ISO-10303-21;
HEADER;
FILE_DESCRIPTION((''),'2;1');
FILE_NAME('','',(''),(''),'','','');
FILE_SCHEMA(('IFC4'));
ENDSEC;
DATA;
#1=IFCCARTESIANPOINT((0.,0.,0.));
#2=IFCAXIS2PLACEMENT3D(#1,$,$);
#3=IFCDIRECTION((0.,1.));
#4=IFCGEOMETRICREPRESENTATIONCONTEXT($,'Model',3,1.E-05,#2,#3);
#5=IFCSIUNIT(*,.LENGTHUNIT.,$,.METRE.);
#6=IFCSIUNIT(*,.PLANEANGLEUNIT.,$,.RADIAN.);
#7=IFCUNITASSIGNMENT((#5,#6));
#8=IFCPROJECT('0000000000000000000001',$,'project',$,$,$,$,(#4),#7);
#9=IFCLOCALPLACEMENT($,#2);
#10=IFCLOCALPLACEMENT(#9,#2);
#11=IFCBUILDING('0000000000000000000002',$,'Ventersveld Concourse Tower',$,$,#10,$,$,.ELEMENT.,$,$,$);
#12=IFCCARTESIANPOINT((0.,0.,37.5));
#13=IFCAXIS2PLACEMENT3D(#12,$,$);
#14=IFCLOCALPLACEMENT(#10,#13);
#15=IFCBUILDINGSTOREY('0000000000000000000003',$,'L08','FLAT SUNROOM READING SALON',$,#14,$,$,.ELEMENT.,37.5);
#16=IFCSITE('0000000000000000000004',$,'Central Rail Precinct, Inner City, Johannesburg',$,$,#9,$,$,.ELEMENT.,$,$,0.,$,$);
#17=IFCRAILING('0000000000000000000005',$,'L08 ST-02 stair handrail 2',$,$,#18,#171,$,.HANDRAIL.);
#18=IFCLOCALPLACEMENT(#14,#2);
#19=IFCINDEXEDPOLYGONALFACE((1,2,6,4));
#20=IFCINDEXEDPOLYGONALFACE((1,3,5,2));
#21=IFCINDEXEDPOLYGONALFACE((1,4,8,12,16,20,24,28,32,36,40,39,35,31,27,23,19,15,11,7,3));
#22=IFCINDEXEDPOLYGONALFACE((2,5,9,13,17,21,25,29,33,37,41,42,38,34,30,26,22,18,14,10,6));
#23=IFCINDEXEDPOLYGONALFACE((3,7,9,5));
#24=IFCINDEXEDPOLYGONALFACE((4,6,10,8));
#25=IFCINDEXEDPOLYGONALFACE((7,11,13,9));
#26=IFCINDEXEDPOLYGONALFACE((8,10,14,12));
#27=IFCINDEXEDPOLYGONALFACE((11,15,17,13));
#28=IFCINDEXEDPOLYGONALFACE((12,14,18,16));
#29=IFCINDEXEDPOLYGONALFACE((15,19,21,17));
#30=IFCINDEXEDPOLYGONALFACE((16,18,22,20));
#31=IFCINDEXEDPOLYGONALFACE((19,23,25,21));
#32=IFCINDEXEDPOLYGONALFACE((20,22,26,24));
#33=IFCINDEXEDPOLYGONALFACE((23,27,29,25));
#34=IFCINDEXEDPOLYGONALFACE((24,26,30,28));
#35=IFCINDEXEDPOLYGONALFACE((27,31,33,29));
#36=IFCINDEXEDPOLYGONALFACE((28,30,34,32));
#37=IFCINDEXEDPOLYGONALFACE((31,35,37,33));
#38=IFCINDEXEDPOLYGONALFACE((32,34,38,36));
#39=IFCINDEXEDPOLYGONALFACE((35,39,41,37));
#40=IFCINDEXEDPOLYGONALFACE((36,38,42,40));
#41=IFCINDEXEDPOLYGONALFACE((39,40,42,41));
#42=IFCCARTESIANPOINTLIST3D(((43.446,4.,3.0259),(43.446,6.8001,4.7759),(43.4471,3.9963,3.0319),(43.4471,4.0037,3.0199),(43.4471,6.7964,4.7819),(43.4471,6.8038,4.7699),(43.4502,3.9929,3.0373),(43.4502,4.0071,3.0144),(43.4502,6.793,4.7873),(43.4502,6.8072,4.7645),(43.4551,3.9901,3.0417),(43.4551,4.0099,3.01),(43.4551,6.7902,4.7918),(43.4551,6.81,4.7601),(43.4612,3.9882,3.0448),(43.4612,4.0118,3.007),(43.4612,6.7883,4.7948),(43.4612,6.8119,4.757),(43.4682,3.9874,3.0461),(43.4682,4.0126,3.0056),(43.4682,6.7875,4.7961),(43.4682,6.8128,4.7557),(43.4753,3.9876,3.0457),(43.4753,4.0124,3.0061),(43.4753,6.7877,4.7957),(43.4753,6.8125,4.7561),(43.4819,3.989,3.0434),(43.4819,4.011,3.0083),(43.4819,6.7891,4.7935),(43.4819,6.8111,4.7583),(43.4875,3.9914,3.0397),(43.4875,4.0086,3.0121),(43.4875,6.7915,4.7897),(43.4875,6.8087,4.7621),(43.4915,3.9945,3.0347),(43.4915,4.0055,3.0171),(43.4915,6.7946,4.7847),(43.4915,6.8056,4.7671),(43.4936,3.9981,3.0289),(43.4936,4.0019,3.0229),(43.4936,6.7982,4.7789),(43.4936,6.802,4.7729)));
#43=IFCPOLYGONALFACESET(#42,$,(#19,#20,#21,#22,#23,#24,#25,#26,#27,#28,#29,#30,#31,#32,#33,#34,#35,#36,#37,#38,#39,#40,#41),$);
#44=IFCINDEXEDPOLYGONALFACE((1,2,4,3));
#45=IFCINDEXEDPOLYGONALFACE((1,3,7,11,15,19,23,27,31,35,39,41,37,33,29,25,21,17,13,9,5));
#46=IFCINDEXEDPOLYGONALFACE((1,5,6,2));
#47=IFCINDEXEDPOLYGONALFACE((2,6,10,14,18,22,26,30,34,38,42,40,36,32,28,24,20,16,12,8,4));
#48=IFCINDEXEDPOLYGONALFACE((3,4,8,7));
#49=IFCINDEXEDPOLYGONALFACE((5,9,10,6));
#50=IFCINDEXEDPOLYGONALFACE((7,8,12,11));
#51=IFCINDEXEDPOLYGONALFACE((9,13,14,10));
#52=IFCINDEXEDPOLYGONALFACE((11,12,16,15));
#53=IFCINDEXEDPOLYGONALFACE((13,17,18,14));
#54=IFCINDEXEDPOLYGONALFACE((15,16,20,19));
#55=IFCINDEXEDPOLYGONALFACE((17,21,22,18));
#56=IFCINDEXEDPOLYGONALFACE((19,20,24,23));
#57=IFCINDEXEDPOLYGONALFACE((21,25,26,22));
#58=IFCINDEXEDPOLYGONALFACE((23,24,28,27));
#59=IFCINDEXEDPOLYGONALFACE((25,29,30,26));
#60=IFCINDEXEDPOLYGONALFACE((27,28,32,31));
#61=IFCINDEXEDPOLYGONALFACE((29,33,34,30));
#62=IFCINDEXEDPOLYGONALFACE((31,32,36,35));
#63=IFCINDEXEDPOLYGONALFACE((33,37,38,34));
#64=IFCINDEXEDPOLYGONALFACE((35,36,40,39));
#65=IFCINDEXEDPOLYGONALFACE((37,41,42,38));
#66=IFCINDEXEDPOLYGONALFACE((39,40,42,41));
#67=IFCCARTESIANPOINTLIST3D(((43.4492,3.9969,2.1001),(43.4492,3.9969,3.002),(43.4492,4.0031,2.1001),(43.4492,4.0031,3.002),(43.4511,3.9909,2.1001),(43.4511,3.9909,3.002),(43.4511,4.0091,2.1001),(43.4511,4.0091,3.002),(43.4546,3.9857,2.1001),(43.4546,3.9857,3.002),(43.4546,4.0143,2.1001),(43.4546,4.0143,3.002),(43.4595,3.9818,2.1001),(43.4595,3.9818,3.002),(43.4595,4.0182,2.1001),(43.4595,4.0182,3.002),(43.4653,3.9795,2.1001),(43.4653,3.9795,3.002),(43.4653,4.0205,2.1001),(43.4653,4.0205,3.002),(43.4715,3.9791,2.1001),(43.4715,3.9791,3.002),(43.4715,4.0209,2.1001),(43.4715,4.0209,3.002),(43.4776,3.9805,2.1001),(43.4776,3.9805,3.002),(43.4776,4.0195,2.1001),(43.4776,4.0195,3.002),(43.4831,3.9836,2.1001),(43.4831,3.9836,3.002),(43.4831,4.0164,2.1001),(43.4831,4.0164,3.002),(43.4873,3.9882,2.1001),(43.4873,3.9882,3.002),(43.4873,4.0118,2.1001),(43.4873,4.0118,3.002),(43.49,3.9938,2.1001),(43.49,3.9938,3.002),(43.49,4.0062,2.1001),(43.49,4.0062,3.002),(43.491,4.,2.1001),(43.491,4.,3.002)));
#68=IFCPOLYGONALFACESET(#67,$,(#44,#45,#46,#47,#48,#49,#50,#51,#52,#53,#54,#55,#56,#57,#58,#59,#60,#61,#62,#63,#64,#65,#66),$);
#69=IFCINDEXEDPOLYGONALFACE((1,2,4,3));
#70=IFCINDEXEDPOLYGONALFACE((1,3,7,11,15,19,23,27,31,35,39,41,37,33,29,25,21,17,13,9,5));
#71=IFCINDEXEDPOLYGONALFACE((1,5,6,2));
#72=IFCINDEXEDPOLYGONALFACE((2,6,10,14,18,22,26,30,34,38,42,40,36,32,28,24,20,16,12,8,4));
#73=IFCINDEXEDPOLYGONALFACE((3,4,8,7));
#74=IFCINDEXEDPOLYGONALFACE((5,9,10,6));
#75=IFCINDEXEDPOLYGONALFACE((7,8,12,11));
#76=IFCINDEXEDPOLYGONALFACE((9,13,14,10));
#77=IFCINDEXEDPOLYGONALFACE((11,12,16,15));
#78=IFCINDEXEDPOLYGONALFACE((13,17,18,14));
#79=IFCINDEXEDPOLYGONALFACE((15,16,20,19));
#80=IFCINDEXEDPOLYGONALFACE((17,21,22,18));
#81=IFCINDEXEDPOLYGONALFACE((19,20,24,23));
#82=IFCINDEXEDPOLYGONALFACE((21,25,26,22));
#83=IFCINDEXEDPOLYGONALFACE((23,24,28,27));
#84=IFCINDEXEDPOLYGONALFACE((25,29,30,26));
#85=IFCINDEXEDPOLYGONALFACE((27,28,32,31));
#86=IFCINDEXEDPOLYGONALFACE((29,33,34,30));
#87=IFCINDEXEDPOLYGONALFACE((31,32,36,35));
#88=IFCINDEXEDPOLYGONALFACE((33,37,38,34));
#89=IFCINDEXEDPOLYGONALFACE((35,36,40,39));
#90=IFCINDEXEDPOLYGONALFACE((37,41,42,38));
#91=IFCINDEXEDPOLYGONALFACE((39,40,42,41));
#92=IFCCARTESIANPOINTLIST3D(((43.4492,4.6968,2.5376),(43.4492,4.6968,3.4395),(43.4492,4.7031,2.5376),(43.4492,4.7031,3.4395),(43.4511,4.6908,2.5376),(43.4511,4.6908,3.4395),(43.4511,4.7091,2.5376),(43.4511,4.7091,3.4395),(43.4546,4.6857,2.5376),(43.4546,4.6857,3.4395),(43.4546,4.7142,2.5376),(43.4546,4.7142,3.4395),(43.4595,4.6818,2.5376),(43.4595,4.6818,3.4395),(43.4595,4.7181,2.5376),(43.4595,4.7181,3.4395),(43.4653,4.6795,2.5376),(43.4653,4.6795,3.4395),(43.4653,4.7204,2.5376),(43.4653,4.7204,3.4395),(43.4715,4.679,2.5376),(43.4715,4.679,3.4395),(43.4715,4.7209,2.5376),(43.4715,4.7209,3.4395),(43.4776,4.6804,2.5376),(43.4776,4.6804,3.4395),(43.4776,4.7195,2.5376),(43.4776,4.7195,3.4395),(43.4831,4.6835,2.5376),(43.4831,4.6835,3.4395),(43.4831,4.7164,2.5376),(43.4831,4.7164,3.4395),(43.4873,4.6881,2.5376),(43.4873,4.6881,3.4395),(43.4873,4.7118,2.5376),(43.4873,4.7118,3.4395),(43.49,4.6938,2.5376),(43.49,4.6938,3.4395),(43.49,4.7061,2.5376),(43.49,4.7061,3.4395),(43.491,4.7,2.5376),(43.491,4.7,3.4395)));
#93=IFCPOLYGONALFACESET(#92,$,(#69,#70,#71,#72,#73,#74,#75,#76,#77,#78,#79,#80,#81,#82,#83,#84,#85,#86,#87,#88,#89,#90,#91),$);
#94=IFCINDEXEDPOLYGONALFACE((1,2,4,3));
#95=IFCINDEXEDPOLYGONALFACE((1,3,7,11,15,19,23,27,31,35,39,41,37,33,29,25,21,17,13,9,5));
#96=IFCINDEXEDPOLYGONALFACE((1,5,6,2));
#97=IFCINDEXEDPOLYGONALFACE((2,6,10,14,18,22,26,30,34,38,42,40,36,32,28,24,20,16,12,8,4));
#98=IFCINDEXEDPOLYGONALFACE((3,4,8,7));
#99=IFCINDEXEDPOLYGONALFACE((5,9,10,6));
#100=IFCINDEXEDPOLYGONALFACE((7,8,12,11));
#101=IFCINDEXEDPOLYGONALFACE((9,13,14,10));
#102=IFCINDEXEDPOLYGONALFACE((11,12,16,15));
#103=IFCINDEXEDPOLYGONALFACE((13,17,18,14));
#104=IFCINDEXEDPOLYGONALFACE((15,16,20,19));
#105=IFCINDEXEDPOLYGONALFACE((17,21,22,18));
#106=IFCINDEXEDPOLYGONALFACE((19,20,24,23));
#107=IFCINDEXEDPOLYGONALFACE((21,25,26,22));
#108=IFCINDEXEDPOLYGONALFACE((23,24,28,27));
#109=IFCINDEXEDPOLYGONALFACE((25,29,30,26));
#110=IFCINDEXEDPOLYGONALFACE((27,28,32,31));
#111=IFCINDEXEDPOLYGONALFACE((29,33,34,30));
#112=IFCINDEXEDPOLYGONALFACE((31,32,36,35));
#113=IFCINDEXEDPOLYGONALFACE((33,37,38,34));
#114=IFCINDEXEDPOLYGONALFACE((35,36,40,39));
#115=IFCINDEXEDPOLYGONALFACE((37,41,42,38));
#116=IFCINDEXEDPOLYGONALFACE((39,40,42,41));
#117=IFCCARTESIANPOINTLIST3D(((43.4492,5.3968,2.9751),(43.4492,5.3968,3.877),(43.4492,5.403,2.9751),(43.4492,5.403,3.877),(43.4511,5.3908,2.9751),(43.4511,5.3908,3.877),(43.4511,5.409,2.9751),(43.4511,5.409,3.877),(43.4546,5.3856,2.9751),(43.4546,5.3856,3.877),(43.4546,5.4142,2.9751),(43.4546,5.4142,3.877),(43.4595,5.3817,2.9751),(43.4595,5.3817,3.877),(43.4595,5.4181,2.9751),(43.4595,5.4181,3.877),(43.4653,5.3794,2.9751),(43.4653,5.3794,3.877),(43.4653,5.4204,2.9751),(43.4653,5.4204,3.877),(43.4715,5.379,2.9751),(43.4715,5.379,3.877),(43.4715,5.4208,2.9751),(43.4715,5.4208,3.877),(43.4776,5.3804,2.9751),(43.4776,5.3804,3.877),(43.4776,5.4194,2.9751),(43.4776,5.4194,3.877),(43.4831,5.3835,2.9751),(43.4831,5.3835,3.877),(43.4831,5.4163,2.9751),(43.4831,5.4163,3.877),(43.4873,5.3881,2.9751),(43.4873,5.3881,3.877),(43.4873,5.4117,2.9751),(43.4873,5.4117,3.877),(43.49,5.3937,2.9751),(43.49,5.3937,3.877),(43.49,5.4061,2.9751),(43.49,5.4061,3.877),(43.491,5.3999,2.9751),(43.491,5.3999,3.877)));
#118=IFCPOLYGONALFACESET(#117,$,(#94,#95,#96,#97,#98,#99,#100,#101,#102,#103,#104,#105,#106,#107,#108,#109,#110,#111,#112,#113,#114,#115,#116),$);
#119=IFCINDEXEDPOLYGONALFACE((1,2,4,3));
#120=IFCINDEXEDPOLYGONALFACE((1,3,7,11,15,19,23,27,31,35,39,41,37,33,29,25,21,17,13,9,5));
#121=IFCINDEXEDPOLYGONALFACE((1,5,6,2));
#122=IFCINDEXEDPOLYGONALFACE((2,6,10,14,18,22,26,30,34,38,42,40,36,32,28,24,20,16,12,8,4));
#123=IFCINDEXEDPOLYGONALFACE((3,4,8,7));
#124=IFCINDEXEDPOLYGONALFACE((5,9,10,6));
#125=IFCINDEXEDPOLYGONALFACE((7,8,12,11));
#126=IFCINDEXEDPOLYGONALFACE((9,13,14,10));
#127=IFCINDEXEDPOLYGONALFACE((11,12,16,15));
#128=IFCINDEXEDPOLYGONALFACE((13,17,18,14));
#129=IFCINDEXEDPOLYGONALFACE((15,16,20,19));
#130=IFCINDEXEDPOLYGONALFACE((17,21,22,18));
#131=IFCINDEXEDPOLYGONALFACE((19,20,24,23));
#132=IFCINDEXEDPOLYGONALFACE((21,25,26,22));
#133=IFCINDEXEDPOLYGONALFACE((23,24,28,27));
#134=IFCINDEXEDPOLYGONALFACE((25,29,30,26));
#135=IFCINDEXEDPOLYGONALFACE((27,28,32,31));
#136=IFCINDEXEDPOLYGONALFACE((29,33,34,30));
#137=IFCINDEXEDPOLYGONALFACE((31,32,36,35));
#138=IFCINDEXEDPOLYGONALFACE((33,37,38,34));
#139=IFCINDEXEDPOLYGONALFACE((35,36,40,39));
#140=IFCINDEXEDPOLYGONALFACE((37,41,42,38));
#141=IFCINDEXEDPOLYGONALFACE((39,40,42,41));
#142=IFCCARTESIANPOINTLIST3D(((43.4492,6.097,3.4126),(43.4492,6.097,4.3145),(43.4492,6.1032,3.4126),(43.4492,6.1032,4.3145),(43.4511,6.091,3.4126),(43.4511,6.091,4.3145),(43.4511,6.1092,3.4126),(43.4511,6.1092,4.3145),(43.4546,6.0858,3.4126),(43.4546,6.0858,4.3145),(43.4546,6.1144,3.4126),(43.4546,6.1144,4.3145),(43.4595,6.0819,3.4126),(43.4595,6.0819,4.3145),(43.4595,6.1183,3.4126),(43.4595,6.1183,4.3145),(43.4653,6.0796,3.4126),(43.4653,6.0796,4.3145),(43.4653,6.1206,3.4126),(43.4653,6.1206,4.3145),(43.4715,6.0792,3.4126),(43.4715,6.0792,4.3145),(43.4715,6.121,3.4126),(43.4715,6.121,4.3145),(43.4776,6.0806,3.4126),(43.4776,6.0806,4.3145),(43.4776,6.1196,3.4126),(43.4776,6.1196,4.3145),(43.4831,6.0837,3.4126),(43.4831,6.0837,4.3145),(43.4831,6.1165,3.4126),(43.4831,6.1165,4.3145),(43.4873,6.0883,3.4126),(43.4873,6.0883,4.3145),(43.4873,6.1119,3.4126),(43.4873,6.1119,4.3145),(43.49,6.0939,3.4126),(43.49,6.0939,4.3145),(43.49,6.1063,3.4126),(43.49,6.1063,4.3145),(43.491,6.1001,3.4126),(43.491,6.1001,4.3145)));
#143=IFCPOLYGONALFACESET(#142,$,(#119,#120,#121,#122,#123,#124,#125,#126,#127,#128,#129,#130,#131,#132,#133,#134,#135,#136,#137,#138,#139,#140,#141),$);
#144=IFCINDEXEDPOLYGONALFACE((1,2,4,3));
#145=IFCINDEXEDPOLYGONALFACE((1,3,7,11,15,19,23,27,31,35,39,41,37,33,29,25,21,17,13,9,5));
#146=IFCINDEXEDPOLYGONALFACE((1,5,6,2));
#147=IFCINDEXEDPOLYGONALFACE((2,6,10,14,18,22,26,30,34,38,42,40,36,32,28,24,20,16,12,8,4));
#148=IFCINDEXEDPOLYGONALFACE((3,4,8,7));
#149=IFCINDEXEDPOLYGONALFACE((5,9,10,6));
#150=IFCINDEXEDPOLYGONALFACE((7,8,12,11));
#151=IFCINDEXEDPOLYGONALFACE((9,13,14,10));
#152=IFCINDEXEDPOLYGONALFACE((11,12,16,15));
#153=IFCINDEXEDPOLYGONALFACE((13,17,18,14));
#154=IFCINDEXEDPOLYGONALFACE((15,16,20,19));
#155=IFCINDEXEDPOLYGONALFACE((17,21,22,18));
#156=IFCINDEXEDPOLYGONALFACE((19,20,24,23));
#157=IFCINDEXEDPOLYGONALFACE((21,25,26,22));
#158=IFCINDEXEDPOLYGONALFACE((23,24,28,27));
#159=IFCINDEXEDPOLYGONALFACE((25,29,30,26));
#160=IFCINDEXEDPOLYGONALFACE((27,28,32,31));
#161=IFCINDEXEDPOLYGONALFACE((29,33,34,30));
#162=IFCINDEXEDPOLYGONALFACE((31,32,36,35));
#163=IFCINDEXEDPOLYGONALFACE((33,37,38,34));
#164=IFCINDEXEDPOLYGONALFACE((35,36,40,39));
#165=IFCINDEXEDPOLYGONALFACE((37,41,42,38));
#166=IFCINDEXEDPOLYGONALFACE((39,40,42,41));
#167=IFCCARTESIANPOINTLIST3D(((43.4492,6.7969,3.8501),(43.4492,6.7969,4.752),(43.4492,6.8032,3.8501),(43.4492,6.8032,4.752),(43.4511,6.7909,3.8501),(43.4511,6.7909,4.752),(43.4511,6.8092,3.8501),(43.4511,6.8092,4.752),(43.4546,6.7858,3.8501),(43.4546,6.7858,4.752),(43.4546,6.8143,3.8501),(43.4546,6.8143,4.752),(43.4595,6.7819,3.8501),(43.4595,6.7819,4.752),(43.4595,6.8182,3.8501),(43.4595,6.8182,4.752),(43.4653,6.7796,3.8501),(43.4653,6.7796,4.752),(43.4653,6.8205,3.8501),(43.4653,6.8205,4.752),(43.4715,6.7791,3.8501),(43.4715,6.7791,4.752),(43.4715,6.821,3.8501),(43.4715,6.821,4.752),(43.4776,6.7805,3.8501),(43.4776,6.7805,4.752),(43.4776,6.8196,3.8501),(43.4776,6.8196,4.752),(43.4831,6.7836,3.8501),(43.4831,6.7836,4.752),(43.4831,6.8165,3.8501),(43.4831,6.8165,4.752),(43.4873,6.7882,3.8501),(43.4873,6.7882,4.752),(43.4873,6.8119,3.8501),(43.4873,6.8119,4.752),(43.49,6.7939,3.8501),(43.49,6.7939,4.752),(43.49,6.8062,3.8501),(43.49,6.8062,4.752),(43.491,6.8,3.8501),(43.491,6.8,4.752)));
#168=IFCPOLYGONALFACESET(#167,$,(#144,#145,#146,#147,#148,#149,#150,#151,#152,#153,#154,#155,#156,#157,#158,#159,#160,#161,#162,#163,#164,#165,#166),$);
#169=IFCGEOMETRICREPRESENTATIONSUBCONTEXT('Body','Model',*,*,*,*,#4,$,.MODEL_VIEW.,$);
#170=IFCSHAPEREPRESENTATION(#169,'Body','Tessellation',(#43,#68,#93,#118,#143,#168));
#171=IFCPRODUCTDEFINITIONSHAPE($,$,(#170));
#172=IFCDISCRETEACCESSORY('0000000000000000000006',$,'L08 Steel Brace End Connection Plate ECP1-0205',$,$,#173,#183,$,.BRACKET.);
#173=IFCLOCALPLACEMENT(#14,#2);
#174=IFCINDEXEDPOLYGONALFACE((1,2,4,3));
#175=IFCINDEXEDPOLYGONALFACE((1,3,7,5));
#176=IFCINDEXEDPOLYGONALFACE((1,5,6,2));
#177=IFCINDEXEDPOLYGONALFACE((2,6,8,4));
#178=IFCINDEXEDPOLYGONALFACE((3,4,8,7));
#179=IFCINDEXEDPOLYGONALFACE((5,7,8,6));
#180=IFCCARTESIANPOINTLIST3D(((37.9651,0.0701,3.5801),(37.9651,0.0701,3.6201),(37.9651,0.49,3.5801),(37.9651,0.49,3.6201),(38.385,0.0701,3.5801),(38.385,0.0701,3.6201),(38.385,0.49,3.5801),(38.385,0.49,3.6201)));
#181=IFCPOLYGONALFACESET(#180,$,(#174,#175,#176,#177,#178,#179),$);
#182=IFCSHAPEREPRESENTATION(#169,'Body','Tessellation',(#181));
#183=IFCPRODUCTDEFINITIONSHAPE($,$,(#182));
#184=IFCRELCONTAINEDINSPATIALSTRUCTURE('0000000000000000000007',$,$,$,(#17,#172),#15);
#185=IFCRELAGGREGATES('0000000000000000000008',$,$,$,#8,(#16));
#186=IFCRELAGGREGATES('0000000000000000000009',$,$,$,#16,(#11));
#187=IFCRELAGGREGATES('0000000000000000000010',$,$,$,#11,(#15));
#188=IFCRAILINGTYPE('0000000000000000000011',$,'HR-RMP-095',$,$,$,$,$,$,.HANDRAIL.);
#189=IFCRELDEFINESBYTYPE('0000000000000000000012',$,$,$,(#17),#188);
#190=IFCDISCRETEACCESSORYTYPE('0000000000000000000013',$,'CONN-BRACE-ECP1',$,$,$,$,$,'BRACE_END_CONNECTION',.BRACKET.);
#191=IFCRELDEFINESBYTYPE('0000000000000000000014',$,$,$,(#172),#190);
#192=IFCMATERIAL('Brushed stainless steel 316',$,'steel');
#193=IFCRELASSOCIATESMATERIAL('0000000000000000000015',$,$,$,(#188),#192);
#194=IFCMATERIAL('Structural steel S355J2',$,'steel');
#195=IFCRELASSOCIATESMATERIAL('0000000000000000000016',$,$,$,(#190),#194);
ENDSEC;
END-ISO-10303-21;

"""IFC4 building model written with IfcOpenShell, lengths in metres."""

from ifc_helpers import new_model, si_unit, direction, frame, origin, origin_2d, place, context, subcontext, project, spatial, rectangle, circle, extrude, material, type_object, element, save


model = new_model("IFC4")

# Units and contexts
model_context = context("Model", 3, precision=1e-05, world=origin(), true_north=direction((0.0, 1.0)))
body_context = subcontext(model_context, "Body", "Model", "MODEL_VIEW")
ifc_project = project(units=[si_unit("LENGTHUNIT", "METRE"), si_unit("PLANEANGLEUNIT", "RADIAN")], contexts=[model_context])

# Site, building, storey
site_placement = place(None, origin())
site = spatial("IfcSite", under=ifc_project, at=site_placement, Name="Central Rail Precinct, Inner City, Johannesburg", CompositionType="ELEMENT", RefElevation=0.0)
building_placement = place(site_placement, origin())
building = spatial("IfcBuilding", under=site, at=building_placement, Name="Ventersveld Concourse Tower", CompositionType="ELEMENT")
storey_placement = place(building_placement, frame((0.0, 0.0, 37.5)))
storey = spatial("IfcBuildingStorey", under=building, at=storey_placement, Name="L08", Description="FLAT SUNROOM READING SALON", CompositionType="ELEMENT", Elevation=37.5)

# Railing
ifc_material_1 = material(Name="Brushed stainless steel 316", Category="steel")
railing_type_1 = type_object("IfcRailingType", Name="HR-RMP-095", PredefinedType="HANDRAIL", material=ifc_material_1)
railing_1_placement = place(storey_placement, frame((43.47, 4.0, 2.1001)))
element("IfcRailing", 1, at=railing_1_placement, inside=storey, type_object=railing_type_1, Name="L08 ST-02 stair handrail 2", PredefinedType="HANDRAIL", context=body_context, shape_type="SweptSolid", body=[
    extrude(circle(Radius=0.0239, at=origin_2d()), frame((0.0, 0.0, 0.9258), z_axis=(0.0, 0.848002, 0.529992), x_axis=(-1.0, 0.0, 0.0)), (0.0, 0.0, 1.0), 3.302),
    extrude(circle(Radius=0.021, at=origin_2d()), origin(), (0.0, 0.0, 1.0), 0.9019),
    extrude(circle(Radius=0.021, at=origin_2d()), frame((0.0, 0.7, 0.4375)), (0.0, 0.0, 1.0), 0.9019),
    extrude(circle(Radius=0.021, at=origin_2d()), frame((0.0, 1.3999, 0.875)), (0.0, 0.0, 1.0), 0.9019),
    extrude(circle(Radius=0.021, at=origin_2d()), frame((0.0, 2.1001, 1.3125)), (0.0, 0.0, 1.0), 0.9019),
    extrude(circle(Radius=0.021, at=origin_2d()), frame((0.0, 2.8, 1.75)), (0.0, 0.0, 1.0), 0.9019),
])

# Discrete accessory
ifc_material_2 = material(Name="Structural steel S355J2", Category="steel")
discrete_accessory_type = type_object("IfcDiscreteAccessoryType", Name="CONN-BRACE-ECP1", ElementType="BRACE_END_CONNECTION", PredefinedType="BRACKET", material=ifc_material_2)
discrete_accessory_placement = place(storey_placement, frame((38.175, 0.28, 3.5801), z_axis=(0.0, 0.0, 1.0), x_axis=(1.0, 0.0, 0.0)))
element("IfcDiscreteAccessory", 2, at=discrete_accessory_placement, inside=storey, type_object=discrete_accessory_type, Name="L08 Steel Brace End Connection Plate ECP1-0205", PredefinedType="BRACKET", context=body_context, shape_type="SweptSolid", body=[
    extrude(rectangle(XDim=0.4199, YDim=0.4199, at=origin_2d()), origin(), (0.0, 0.0, 1.0), 0.04),
])

save(model, "model.ifc")
